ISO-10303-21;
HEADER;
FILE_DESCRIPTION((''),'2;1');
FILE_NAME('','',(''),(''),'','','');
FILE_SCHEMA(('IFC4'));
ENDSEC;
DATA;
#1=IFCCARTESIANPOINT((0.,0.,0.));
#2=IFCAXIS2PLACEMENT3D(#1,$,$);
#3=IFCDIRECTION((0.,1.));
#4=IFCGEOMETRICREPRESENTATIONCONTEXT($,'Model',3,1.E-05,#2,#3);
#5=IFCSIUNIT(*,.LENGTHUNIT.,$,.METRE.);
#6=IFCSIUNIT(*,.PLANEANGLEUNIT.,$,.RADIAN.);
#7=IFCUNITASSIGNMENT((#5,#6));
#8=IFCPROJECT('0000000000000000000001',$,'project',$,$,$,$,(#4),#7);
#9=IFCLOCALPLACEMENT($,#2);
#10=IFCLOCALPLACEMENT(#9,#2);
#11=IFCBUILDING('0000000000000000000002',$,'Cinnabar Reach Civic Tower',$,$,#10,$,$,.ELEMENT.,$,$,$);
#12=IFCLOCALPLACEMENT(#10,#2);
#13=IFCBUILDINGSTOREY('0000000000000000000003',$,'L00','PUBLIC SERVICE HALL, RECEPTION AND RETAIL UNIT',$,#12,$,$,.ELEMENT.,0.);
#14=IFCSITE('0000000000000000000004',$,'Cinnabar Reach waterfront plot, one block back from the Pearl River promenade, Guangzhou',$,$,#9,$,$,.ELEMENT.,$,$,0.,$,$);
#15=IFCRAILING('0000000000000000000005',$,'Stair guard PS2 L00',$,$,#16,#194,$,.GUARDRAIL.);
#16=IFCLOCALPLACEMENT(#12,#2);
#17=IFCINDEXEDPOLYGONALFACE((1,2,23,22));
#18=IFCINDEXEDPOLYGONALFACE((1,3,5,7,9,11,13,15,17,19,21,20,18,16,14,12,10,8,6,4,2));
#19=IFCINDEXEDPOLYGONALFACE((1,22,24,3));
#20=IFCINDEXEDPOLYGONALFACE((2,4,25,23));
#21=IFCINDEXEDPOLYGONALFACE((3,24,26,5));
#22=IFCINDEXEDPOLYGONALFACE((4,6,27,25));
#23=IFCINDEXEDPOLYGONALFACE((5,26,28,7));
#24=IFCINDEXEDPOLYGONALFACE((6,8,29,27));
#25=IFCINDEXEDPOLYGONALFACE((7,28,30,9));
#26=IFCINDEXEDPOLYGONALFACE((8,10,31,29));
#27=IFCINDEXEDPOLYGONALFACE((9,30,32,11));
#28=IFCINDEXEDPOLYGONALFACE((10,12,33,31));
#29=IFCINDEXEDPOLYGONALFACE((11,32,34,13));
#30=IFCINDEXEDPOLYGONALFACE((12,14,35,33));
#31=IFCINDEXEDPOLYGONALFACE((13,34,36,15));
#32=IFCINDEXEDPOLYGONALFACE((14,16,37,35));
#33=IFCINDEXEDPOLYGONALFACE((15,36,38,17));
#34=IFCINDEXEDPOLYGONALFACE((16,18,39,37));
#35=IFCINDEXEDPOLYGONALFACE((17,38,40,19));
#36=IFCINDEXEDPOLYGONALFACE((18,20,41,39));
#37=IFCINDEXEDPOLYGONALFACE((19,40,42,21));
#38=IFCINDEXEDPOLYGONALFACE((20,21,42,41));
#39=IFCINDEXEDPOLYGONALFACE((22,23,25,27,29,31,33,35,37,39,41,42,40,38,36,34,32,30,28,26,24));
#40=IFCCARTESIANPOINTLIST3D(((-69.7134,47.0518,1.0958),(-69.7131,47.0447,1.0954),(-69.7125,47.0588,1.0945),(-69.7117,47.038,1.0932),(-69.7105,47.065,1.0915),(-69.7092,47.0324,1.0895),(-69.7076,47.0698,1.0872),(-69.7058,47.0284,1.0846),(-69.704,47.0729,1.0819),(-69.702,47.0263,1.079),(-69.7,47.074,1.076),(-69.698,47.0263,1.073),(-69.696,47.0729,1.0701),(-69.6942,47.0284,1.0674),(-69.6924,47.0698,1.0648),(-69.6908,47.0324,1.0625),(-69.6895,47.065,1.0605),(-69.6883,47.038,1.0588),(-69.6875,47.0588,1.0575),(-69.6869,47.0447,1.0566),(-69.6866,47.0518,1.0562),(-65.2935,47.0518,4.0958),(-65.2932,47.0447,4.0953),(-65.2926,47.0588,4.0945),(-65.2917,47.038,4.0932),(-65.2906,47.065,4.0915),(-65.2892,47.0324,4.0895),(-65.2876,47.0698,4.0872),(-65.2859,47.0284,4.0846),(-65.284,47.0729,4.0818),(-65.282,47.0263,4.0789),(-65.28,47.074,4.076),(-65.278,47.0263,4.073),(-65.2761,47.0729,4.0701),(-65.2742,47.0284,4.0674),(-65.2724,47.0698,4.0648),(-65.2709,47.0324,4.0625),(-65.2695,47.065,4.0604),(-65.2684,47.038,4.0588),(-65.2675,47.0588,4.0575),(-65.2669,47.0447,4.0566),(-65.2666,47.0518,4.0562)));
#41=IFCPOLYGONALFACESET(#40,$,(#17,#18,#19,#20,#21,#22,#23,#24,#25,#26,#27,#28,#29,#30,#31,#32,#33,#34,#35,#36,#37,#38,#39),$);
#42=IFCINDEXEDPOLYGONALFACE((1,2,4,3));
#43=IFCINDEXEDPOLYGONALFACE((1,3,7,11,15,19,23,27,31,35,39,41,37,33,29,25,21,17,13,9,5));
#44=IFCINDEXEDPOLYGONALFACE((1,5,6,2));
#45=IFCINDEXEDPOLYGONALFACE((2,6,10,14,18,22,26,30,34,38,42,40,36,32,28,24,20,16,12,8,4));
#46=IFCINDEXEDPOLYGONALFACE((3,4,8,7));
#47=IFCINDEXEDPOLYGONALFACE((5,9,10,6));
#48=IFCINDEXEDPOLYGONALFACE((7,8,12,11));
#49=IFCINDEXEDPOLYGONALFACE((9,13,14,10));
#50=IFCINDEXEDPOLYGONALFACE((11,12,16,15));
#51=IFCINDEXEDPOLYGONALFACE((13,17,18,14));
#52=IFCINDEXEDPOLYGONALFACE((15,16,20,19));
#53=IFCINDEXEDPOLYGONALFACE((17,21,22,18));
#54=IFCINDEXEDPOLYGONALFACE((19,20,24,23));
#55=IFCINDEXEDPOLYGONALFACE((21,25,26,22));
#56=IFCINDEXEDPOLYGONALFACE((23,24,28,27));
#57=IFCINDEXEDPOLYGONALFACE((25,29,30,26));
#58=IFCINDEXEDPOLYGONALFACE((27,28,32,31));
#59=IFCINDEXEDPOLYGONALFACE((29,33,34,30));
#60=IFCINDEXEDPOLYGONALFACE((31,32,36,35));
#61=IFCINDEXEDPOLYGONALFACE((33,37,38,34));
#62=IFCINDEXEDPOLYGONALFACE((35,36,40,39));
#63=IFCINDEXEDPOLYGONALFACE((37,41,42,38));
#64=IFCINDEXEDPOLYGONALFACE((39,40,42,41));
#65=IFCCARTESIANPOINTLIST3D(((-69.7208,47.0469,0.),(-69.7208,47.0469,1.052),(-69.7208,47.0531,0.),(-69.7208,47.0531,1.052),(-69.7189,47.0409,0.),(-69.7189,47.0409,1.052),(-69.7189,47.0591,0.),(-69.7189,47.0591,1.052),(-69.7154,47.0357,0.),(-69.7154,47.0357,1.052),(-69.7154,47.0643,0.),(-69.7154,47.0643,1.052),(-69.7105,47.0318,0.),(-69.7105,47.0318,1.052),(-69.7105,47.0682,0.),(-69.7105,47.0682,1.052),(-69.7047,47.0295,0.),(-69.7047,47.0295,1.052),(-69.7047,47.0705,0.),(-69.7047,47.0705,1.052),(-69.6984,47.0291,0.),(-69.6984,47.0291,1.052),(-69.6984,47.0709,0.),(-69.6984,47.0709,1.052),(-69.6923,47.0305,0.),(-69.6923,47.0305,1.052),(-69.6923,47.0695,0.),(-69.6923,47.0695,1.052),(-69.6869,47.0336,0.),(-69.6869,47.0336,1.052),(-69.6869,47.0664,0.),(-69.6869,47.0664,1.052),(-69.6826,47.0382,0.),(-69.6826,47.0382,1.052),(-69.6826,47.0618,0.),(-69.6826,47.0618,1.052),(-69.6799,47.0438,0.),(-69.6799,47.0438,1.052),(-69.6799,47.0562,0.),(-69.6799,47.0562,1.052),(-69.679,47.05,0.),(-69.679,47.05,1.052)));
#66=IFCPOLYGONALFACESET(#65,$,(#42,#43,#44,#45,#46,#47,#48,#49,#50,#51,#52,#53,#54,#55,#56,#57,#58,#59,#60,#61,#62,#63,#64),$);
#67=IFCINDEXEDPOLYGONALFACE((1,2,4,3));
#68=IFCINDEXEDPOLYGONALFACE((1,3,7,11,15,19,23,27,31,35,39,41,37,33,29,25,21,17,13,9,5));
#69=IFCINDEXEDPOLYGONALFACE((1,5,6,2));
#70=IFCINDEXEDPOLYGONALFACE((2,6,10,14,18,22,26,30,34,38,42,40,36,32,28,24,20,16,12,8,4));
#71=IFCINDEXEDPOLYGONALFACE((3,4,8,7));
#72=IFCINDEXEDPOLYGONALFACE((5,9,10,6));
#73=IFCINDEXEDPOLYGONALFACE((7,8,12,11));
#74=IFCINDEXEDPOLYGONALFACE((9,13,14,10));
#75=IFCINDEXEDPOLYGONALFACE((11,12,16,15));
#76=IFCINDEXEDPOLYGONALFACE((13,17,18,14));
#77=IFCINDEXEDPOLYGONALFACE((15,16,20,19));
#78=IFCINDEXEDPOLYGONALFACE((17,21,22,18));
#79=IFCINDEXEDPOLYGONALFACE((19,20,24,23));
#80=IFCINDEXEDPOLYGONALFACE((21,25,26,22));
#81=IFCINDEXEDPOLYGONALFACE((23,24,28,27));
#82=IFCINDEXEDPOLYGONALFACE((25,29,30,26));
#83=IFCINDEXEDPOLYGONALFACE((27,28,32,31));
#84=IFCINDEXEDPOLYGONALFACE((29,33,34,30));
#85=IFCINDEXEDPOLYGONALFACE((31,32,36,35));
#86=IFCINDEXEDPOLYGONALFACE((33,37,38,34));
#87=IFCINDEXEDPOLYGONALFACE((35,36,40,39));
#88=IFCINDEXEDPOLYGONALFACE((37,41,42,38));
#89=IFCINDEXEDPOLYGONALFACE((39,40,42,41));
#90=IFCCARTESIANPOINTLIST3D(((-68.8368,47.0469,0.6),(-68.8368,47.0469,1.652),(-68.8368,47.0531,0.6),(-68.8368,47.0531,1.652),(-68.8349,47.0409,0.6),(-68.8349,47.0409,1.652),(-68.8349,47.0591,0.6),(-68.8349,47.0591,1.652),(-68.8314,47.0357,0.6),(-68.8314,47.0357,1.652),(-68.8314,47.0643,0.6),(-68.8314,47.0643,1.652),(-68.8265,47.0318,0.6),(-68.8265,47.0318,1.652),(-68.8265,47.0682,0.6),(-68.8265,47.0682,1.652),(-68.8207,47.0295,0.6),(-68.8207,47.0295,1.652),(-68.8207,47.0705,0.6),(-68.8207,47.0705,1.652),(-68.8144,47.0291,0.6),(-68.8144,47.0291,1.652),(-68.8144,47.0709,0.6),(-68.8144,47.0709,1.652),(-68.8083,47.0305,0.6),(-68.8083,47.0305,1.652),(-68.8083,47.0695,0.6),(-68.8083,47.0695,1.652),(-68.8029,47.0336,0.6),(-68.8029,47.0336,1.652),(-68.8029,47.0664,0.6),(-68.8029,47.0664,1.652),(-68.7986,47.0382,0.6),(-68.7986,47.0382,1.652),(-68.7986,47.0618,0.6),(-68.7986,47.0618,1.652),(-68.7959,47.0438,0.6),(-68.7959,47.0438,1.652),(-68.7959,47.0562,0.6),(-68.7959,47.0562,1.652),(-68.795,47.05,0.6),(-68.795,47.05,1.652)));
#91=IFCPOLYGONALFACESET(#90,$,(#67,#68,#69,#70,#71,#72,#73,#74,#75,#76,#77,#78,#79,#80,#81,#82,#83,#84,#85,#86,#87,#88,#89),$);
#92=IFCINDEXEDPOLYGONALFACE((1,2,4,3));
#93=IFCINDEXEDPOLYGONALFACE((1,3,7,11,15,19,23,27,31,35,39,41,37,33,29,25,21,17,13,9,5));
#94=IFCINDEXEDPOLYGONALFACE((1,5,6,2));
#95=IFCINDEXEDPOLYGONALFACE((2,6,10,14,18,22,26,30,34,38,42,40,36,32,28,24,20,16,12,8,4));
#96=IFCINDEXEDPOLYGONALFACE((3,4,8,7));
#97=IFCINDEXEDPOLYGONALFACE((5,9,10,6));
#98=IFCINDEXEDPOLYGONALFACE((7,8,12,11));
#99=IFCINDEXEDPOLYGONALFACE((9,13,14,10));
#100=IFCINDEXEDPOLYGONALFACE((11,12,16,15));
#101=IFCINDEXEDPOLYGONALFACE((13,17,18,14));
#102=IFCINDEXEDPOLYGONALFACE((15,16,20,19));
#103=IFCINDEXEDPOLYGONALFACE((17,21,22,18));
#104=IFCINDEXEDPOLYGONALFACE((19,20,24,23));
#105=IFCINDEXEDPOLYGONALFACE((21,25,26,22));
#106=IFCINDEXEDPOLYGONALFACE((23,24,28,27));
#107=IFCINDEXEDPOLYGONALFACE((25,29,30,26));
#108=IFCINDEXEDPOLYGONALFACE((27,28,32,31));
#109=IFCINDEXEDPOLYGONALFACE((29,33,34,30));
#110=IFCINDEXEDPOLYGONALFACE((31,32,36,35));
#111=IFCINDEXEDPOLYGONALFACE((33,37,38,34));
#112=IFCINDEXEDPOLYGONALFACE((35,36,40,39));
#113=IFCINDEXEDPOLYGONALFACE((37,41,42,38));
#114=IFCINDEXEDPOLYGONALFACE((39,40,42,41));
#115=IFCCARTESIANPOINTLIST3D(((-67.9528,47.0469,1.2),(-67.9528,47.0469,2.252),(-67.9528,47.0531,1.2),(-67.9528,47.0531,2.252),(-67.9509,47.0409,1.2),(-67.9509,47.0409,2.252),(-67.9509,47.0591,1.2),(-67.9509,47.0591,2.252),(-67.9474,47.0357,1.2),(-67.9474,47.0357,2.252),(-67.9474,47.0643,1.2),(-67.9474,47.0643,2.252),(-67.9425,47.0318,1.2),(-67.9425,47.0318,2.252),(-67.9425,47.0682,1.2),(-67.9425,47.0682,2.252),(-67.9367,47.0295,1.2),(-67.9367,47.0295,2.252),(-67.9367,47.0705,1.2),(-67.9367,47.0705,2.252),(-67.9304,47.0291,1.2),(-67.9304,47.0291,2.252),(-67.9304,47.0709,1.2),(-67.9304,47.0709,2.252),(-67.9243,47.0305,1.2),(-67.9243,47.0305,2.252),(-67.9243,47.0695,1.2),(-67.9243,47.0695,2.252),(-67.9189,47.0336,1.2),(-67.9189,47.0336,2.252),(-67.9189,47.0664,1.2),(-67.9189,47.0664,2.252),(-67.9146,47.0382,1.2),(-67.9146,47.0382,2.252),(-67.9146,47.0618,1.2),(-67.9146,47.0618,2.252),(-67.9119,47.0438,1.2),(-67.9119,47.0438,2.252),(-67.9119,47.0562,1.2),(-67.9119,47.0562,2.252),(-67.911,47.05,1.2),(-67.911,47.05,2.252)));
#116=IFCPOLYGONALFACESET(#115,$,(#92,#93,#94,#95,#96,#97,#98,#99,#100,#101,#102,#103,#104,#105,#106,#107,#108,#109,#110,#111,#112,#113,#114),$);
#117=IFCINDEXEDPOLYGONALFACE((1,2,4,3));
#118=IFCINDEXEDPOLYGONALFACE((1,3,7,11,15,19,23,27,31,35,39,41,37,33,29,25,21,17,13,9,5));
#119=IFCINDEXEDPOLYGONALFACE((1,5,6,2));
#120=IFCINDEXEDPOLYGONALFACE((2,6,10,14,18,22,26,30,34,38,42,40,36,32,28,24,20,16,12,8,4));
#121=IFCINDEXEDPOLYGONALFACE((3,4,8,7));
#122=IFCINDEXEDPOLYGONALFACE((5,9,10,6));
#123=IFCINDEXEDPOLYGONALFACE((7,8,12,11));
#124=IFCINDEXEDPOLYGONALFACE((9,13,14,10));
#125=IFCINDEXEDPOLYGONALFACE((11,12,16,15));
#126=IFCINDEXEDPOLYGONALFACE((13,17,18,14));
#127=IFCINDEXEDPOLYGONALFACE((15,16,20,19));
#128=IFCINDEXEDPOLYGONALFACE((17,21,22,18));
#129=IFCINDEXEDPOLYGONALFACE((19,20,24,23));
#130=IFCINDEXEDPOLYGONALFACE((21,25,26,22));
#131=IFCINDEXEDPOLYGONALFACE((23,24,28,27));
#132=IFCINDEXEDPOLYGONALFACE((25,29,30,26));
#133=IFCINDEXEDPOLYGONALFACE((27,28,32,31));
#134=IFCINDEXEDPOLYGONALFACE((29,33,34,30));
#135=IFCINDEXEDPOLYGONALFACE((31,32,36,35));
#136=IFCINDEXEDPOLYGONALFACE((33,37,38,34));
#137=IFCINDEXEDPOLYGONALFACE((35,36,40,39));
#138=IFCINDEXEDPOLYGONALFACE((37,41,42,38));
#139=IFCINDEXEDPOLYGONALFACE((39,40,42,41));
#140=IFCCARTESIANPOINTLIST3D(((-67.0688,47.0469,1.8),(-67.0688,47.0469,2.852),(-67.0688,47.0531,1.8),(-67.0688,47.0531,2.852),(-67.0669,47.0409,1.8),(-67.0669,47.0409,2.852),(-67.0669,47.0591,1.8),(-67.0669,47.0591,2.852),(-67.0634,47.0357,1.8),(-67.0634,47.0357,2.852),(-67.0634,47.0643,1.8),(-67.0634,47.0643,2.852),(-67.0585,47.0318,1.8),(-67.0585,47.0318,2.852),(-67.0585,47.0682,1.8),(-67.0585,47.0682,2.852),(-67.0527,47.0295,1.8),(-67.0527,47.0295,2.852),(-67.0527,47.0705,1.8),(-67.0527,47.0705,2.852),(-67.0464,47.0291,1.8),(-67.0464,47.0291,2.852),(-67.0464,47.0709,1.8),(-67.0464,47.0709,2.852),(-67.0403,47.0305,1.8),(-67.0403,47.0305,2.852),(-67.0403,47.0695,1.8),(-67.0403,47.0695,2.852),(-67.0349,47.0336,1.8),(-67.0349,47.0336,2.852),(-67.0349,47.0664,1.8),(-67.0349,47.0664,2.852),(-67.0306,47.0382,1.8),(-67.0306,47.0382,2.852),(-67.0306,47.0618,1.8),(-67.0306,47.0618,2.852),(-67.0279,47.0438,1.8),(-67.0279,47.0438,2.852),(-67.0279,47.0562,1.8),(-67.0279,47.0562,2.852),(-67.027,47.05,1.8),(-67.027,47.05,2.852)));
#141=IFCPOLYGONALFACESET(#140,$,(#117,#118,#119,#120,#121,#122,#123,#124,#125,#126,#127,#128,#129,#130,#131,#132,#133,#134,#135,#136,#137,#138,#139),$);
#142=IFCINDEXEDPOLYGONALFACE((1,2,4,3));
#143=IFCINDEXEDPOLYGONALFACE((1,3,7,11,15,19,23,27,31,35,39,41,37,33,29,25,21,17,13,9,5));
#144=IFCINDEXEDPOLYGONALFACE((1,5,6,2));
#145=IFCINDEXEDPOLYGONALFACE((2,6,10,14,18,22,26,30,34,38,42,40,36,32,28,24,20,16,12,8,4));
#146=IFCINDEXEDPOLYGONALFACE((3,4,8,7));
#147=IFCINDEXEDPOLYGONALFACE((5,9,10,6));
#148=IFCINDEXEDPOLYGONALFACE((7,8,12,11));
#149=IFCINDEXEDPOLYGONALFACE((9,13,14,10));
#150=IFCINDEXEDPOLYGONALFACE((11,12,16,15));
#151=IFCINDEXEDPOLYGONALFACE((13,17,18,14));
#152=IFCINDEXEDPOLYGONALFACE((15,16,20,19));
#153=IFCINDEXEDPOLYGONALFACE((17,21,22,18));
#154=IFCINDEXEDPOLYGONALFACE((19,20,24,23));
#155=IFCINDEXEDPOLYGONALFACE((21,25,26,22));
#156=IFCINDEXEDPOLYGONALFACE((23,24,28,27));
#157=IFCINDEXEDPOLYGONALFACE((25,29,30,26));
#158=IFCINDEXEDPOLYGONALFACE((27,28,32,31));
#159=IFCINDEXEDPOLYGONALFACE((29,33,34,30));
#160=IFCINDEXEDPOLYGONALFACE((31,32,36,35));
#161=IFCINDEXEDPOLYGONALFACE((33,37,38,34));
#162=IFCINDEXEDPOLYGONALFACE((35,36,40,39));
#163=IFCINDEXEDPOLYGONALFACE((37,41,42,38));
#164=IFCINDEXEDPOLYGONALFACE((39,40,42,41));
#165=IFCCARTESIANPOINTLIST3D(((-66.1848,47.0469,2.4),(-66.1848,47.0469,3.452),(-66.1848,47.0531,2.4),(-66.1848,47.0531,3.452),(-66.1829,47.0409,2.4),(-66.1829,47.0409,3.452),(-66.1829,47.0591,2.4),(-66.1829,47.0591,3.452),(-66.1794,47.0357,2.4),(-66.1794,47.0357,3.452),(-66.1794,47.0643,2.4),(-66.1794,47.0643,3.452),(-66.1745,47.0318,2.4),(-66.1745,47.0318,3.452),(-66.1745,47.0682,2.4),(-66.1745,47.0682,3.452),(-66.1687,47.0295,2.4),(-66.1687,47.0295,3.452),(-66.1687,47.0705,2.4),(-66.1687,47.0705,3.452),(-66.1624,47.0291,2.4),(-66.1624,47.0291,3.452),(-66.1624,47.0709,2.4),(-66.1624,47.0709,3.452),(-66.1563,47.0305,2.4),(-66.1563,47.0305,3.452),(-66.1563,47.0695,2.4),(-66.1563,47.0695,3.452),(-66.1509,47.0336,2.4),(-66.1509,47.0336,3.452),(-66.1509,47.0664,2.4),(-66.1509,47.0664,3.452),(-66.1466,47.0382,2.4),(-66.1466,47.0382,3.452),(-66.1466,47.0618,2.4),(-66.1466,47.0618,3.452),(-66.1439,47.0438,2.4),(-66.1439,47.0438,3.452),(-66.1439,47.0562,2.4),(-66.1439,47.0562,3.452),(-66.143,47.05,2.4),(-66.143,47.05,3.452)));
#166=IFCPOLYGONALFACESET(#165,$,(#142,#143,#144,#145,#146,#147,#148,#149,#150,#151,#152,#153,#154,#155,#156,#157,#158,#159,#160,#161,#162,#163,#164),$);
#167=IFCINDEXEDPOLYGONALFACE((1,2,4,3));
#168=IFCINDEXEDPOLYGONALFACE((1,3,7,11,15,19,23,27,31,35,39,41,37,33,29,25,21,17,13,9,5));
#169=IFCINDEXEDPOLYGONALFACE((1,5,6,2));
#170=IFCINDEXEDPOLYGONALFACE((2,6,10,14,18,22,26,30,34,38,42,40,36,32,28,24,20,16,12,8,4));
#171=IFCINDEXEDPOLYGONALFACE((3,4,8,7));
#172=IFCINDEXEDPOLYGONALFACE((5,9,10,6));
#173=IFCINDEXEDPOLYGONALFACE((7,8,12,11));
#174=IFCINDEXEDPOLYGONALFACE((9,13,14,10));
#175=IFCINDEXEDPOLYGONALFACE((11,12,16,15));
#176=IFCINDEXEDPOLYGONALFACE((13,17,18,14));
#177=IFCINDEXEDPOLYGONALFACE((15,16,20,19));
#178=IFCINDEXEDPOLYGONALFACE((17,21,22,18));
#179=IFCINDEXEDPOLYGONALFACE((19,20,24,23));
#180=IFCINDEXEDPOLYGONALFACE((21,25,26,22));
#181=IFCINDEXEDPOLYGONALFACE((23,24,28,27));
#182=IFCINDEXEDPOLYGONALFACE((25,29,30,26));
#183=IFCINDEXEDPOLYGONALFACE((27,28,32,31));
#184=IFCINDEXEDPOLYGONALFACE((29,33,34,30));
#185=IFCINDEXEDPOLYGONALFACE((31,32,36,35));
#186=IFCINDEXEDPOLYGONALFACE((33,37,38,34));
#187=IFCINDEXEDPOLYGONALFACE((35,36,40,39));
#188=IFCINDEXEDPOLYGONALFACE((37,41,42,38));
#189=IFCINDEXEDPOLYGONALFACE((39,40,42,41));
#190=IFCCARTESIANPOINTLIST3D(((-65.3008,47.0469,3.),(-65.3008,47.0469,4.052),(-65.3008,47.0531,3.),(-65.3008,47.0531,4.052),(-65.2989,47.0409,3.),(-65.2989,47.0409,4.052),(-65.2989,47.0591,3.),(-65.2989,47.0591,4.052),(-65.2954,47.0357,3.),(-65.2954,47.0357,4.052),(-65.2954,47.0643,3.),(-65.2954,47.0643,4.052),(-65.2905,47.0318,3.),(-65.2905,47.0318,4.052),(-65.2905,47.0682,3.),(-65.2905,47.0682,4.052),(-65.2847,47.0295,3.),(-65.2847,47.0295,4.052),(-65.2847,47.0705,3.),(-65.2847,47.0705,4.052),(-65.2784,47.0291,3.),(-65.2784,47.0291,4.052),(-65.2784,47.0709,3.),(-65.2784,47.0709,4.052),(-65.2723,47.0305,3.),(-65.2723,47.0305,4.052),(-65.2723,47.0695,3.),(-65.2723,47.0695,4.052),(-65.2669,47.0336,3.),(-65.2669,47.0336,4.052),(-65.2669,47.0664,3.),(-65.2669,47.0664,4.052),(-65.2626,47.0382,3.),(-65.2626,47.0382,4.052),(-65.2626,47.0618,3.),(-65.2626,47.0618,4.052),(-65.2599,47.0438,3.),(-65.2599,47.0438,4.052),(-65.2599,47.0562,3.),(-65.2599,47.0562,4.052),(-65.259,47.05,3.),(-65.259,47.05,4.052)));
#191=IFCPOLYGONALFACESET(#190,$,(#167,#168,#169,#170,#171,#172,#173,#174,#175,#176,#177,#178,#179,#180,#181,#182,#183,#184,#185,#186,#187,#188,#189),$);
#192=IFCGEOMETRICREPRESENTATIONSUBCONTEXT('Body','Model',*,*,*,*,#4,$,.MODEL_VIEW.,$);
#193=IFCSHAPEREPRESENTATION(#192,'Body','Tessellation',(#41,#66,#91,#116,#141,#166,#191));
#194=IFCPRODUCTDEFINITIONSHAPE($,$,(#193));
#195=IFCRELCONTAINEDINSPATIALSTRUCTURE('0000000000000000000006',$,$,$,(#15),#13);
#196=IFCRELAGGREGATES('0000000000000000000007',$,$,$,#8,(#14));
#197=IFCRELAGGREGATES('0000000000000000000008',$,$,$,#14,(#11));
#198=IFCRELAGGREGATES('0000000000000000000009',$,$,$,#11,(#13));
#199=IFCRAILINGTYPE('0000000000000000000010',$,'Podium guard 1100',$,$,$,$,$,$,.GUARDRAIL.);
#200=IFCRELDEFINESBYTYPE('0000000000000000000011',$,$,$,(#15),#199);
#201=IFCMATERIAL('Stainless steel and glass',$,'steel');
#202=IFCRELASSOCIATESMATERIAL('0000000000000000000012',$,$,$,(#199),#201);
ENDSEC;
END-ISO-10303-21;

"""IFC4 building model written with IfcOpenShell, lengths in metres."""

from ifc_helpers import new_model, si_unit, direction, frame, origin, origin_2d, place, context, subcontext, project, spatial, circle, extrude, material, type_object, element, save


model = new_model("IFC4")

# Units and contexts
model_context = context("Model", 3, precision=1e-05, world=origin(), true_north=direction((0.0, 1.0)))
body_context = subcontext(model_context, "Body", "Model", "MODEL_VIEW")
ifc_project = project(units=[si_unit("LENGTHUNIT", "METRE"), si_unit("PLANEANGLEUNIT", "RADIAN")], contexts=[model_context])

# Site, building, storey
site_placement = place(None, origin())
site = spatial("IfcSite", under=ifc_project, at=site_placement, Name="Cinnabar Reach waterfront plot, one block back from the Pearl River promenade, Guangzhou", CompositionType="ELEMENT", RefElevation=0.0)
building_placement = place(site_placement, origin())
building = spatial("IfcBuilding", under=site, at=building_placement, Name="Cinnabar Reach Civic Tower", CompositionType="ELEMENT")
storey_placement = place(building_placement, origin())
storey = spatial("IfcBuildingStorey", under=building, at=storey_placement, Name="L00", Description="PUBLIC SERVICE HALL, RECEPTION AND RETAIL UNIT", CompositionType="ELEMENT", Elevation=0.0)

# Railing
ifc_material_1 = material(Name="Stainless steel and glass", Category="steel")
railing_type_1 = type_object("IfcRailingType", Name="Podium guard 1100", PredefinedType="GUARDRAIL", material=ifc_material_1)
railing_1_placement = place(storey_placement, frame((-69.7, 47.05, 0.0)))
element("IfcRailing", 1, at=railing_1_placement, inside=storey, type_object=railing_type_1, Name="Stair guard PS2 L00", PredefinedType="GUARDRAIL", context=body_context, shape_type="SweptSolid", body=[
    extrude(circle(Radius=0.024, at=origin_2d()), frame((0.0, 0.0, 1.076), z_axis=(0.827414, 0.0, 0.561593), x_axis=(0.0, 1.0, 0.0)), (0.0, 0.0, 1.0), 5.3419),
    extrude(circle(Radius=0.021, at=origin_2d()), origin(), (0.0, 0.0, 1.0), 1.052),
    extrude(circle(Radius=0.021, at=origin_2d()), frame((0.884, 0.0, 0.6)), (0.0, 0.0, 1.0), 1.052),
    extrude(circle(Radius=0.021, at=origin_2d()), frame((1.768, 0.0, 1.2)), (0.0, 0.0, 1.0), 1.052),
    extrude(circle(Radius=0.021, at=origin_2d()), frame((2.652, 0.0, 1.8)), (0.0, 0.0, 1.0), 1.052),
    extrude(circle(Radius=0.021, at=origin_2d()), frame((3.536, 0.0, 2.4)), (0.0, 0.0, 1.0), 1.052),
    extrude(circle(Radius=0.021, at=origin_2d()), frame((4.42, 0.0, 3.0)), (0.0, 0.0, 1.0), 1.052),
])

save(model, "model.ifc")
